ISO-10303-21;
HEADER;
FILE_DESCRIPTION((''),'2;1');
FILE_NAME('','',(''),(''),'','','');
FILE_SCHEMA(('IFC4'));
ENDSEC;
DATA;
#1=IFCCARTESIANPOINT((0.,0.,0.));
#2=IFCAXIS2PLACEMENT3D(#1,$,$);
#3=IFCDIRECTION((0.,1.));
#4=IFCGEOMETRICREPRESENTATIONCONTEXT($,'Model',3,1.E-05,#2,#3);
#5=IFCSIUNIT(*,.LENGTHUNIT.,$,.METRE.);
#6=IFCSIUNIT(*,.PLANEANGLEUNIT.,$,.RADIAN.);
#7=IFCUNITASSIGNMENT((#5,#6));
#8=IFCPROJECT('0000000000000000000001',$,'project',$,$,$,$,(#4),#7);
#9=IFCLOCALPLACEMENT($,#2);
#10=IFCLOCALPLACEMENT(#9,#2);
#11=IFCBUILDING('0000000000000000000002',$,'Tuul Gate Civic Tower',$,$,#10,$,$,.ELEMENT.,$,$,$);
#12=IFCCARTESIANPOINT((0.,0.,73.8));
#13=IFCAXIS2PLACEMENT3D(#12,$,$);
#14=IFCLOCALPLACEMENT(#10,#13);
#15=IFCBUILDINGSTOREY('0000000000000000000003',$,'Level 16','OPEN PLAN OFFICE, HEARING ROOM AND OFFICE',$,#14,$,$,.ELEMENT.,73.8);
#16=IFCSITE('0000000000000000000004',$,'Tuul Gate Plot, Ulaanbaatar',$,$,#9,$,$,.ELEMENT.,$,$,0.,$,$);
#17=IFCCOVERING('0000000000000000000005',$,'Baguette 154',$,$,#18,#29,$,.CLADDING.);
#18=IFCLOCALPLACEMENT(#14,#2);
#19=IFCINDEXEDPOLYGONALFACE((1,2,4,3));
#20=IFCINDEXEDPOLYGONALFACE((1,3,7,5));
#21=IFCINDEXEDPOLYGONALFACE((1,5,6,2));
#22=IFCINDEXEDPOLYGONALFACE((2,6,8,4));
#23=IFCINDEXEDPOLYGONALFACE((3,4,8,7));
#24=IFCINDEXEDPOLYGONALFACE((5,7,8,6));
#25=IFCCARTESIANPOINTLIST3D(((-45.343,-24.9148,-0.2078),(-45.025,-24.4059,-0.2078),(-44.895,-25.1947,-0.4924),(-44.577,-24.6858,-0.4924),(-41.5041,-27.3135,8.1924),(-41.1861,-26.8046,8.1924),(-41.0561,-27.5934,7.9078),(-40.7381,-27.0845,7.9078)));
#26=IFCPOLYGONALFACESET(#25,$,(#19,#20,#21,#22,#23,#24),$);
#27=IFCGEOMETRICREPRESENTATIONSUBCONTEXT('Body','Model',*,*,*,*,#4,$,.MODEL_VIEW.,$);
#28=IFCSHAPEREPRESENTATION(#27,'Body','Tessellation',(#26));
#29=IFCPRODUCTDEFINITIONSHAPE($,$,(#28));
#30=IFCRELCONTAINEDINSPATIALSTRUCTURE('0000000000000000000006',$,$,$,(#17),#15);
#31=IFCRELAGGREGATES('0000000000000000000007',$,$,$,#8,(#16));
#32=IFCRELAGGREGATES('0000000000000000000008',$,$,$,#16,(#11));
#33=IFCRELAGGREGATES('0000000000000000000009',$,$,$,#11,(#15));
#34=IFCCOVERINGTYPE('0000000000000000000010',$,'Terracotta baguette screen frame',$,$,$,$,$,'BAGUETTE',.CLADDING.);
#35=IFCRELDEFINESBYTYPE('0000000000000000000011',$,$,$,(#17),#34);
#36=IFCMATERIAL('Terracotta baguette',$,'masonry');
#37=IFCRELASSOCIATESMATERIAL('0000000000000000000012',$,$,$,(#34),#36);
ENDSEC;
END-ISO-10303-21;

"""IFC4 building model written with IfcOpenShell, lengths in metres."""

from ifc_helpers import new_model, si_unit, direction, frame, origin, origin_2d, place, context, subcontext, project, spatial, rectangle, extrude, material, material_profile, profile_set, type_object, element, save


model = new_model("IFC4")

# Units and contexts
model_context = context("Model", 3, precision=1e-05, world=origin(), true_north=direction((0.0, 1.0)))
body_context = subcontext(model_context, "Body", "Model", "MODEL_VIEW")
ifc_project = project(units=[si_unit("LENGTHUNIT", "METRE"), si_unit("PLANEANGLEUNIT", "RADIAN")], contexts=[model_context])

# Site, building, storey
site_placement = place(None, origin())
site = spatial("IfcSite", under=ifc_project, at=site_placement, Name="Tuul Gate Plot, Ulaanbaatar", CompositionType="ELEMENT", RefElevation=0.0)
building_placement = place(site_placement, origin())
building = spatial("IfcBuilding", under=site, at=building_placement, Name="Tuul Gate Civic Tower", CompositionType="ELEMENT")
storey_placement = place(building_placement, frame((0.0, 0.0, 73.8)))
storey = spatial("IfcBuildingStorey", under=building, at=storey_placement, Name="Level 16", Description="OPEN PLAN OFFICE, HEARING ROOM AND OFFICE", CompositionType="ELEMENT", Elevation=73.8)

# Covering
ifc_material_1 = material(Name="Terracotta baguette", Category="masonry")
ifc_material_profile_1 = material_profile(ifc_material_1, rectangle(XDim=0.6001, YDim=0.6001, at=origin_2d()), Name="Terracotta baguette screen frame")
ifc_profile_set_1 = profile_set([ifc_material_profile_1], Name="Terracotta baguette")
covering_type = type_object("IfcCoveringType", Name="Terracotta baguette screen frame", ElementType="BAGUETTE", PredefinedType="CLADDING", material=ifc_profile_set_1)
for number, where, z_axis, x_axis, name in (
    (1, (-44.96, -24.8003, -0.3501), (0.402305, -0.251377, 0.880318), (0.529902, 0.848059, 0.0), "Baguette 154"),
):
    element("IfcCovering", number, at=place(storey_placement, frame(where, z_axis=z_axis, x_axis=x_axis)), inside=storey, type_object=covering_type, Name=name, PredefinedType="CLADDING", context=body_context, shape_type="SweptSolid", body=[
        extrude(rectangle(XDim=0.6001, YDim=0.6001, at=origin_2d()), origin(), (0.0, 0.0, 1.0), 9.5422),
    ])

save(model, "model.ifc")
